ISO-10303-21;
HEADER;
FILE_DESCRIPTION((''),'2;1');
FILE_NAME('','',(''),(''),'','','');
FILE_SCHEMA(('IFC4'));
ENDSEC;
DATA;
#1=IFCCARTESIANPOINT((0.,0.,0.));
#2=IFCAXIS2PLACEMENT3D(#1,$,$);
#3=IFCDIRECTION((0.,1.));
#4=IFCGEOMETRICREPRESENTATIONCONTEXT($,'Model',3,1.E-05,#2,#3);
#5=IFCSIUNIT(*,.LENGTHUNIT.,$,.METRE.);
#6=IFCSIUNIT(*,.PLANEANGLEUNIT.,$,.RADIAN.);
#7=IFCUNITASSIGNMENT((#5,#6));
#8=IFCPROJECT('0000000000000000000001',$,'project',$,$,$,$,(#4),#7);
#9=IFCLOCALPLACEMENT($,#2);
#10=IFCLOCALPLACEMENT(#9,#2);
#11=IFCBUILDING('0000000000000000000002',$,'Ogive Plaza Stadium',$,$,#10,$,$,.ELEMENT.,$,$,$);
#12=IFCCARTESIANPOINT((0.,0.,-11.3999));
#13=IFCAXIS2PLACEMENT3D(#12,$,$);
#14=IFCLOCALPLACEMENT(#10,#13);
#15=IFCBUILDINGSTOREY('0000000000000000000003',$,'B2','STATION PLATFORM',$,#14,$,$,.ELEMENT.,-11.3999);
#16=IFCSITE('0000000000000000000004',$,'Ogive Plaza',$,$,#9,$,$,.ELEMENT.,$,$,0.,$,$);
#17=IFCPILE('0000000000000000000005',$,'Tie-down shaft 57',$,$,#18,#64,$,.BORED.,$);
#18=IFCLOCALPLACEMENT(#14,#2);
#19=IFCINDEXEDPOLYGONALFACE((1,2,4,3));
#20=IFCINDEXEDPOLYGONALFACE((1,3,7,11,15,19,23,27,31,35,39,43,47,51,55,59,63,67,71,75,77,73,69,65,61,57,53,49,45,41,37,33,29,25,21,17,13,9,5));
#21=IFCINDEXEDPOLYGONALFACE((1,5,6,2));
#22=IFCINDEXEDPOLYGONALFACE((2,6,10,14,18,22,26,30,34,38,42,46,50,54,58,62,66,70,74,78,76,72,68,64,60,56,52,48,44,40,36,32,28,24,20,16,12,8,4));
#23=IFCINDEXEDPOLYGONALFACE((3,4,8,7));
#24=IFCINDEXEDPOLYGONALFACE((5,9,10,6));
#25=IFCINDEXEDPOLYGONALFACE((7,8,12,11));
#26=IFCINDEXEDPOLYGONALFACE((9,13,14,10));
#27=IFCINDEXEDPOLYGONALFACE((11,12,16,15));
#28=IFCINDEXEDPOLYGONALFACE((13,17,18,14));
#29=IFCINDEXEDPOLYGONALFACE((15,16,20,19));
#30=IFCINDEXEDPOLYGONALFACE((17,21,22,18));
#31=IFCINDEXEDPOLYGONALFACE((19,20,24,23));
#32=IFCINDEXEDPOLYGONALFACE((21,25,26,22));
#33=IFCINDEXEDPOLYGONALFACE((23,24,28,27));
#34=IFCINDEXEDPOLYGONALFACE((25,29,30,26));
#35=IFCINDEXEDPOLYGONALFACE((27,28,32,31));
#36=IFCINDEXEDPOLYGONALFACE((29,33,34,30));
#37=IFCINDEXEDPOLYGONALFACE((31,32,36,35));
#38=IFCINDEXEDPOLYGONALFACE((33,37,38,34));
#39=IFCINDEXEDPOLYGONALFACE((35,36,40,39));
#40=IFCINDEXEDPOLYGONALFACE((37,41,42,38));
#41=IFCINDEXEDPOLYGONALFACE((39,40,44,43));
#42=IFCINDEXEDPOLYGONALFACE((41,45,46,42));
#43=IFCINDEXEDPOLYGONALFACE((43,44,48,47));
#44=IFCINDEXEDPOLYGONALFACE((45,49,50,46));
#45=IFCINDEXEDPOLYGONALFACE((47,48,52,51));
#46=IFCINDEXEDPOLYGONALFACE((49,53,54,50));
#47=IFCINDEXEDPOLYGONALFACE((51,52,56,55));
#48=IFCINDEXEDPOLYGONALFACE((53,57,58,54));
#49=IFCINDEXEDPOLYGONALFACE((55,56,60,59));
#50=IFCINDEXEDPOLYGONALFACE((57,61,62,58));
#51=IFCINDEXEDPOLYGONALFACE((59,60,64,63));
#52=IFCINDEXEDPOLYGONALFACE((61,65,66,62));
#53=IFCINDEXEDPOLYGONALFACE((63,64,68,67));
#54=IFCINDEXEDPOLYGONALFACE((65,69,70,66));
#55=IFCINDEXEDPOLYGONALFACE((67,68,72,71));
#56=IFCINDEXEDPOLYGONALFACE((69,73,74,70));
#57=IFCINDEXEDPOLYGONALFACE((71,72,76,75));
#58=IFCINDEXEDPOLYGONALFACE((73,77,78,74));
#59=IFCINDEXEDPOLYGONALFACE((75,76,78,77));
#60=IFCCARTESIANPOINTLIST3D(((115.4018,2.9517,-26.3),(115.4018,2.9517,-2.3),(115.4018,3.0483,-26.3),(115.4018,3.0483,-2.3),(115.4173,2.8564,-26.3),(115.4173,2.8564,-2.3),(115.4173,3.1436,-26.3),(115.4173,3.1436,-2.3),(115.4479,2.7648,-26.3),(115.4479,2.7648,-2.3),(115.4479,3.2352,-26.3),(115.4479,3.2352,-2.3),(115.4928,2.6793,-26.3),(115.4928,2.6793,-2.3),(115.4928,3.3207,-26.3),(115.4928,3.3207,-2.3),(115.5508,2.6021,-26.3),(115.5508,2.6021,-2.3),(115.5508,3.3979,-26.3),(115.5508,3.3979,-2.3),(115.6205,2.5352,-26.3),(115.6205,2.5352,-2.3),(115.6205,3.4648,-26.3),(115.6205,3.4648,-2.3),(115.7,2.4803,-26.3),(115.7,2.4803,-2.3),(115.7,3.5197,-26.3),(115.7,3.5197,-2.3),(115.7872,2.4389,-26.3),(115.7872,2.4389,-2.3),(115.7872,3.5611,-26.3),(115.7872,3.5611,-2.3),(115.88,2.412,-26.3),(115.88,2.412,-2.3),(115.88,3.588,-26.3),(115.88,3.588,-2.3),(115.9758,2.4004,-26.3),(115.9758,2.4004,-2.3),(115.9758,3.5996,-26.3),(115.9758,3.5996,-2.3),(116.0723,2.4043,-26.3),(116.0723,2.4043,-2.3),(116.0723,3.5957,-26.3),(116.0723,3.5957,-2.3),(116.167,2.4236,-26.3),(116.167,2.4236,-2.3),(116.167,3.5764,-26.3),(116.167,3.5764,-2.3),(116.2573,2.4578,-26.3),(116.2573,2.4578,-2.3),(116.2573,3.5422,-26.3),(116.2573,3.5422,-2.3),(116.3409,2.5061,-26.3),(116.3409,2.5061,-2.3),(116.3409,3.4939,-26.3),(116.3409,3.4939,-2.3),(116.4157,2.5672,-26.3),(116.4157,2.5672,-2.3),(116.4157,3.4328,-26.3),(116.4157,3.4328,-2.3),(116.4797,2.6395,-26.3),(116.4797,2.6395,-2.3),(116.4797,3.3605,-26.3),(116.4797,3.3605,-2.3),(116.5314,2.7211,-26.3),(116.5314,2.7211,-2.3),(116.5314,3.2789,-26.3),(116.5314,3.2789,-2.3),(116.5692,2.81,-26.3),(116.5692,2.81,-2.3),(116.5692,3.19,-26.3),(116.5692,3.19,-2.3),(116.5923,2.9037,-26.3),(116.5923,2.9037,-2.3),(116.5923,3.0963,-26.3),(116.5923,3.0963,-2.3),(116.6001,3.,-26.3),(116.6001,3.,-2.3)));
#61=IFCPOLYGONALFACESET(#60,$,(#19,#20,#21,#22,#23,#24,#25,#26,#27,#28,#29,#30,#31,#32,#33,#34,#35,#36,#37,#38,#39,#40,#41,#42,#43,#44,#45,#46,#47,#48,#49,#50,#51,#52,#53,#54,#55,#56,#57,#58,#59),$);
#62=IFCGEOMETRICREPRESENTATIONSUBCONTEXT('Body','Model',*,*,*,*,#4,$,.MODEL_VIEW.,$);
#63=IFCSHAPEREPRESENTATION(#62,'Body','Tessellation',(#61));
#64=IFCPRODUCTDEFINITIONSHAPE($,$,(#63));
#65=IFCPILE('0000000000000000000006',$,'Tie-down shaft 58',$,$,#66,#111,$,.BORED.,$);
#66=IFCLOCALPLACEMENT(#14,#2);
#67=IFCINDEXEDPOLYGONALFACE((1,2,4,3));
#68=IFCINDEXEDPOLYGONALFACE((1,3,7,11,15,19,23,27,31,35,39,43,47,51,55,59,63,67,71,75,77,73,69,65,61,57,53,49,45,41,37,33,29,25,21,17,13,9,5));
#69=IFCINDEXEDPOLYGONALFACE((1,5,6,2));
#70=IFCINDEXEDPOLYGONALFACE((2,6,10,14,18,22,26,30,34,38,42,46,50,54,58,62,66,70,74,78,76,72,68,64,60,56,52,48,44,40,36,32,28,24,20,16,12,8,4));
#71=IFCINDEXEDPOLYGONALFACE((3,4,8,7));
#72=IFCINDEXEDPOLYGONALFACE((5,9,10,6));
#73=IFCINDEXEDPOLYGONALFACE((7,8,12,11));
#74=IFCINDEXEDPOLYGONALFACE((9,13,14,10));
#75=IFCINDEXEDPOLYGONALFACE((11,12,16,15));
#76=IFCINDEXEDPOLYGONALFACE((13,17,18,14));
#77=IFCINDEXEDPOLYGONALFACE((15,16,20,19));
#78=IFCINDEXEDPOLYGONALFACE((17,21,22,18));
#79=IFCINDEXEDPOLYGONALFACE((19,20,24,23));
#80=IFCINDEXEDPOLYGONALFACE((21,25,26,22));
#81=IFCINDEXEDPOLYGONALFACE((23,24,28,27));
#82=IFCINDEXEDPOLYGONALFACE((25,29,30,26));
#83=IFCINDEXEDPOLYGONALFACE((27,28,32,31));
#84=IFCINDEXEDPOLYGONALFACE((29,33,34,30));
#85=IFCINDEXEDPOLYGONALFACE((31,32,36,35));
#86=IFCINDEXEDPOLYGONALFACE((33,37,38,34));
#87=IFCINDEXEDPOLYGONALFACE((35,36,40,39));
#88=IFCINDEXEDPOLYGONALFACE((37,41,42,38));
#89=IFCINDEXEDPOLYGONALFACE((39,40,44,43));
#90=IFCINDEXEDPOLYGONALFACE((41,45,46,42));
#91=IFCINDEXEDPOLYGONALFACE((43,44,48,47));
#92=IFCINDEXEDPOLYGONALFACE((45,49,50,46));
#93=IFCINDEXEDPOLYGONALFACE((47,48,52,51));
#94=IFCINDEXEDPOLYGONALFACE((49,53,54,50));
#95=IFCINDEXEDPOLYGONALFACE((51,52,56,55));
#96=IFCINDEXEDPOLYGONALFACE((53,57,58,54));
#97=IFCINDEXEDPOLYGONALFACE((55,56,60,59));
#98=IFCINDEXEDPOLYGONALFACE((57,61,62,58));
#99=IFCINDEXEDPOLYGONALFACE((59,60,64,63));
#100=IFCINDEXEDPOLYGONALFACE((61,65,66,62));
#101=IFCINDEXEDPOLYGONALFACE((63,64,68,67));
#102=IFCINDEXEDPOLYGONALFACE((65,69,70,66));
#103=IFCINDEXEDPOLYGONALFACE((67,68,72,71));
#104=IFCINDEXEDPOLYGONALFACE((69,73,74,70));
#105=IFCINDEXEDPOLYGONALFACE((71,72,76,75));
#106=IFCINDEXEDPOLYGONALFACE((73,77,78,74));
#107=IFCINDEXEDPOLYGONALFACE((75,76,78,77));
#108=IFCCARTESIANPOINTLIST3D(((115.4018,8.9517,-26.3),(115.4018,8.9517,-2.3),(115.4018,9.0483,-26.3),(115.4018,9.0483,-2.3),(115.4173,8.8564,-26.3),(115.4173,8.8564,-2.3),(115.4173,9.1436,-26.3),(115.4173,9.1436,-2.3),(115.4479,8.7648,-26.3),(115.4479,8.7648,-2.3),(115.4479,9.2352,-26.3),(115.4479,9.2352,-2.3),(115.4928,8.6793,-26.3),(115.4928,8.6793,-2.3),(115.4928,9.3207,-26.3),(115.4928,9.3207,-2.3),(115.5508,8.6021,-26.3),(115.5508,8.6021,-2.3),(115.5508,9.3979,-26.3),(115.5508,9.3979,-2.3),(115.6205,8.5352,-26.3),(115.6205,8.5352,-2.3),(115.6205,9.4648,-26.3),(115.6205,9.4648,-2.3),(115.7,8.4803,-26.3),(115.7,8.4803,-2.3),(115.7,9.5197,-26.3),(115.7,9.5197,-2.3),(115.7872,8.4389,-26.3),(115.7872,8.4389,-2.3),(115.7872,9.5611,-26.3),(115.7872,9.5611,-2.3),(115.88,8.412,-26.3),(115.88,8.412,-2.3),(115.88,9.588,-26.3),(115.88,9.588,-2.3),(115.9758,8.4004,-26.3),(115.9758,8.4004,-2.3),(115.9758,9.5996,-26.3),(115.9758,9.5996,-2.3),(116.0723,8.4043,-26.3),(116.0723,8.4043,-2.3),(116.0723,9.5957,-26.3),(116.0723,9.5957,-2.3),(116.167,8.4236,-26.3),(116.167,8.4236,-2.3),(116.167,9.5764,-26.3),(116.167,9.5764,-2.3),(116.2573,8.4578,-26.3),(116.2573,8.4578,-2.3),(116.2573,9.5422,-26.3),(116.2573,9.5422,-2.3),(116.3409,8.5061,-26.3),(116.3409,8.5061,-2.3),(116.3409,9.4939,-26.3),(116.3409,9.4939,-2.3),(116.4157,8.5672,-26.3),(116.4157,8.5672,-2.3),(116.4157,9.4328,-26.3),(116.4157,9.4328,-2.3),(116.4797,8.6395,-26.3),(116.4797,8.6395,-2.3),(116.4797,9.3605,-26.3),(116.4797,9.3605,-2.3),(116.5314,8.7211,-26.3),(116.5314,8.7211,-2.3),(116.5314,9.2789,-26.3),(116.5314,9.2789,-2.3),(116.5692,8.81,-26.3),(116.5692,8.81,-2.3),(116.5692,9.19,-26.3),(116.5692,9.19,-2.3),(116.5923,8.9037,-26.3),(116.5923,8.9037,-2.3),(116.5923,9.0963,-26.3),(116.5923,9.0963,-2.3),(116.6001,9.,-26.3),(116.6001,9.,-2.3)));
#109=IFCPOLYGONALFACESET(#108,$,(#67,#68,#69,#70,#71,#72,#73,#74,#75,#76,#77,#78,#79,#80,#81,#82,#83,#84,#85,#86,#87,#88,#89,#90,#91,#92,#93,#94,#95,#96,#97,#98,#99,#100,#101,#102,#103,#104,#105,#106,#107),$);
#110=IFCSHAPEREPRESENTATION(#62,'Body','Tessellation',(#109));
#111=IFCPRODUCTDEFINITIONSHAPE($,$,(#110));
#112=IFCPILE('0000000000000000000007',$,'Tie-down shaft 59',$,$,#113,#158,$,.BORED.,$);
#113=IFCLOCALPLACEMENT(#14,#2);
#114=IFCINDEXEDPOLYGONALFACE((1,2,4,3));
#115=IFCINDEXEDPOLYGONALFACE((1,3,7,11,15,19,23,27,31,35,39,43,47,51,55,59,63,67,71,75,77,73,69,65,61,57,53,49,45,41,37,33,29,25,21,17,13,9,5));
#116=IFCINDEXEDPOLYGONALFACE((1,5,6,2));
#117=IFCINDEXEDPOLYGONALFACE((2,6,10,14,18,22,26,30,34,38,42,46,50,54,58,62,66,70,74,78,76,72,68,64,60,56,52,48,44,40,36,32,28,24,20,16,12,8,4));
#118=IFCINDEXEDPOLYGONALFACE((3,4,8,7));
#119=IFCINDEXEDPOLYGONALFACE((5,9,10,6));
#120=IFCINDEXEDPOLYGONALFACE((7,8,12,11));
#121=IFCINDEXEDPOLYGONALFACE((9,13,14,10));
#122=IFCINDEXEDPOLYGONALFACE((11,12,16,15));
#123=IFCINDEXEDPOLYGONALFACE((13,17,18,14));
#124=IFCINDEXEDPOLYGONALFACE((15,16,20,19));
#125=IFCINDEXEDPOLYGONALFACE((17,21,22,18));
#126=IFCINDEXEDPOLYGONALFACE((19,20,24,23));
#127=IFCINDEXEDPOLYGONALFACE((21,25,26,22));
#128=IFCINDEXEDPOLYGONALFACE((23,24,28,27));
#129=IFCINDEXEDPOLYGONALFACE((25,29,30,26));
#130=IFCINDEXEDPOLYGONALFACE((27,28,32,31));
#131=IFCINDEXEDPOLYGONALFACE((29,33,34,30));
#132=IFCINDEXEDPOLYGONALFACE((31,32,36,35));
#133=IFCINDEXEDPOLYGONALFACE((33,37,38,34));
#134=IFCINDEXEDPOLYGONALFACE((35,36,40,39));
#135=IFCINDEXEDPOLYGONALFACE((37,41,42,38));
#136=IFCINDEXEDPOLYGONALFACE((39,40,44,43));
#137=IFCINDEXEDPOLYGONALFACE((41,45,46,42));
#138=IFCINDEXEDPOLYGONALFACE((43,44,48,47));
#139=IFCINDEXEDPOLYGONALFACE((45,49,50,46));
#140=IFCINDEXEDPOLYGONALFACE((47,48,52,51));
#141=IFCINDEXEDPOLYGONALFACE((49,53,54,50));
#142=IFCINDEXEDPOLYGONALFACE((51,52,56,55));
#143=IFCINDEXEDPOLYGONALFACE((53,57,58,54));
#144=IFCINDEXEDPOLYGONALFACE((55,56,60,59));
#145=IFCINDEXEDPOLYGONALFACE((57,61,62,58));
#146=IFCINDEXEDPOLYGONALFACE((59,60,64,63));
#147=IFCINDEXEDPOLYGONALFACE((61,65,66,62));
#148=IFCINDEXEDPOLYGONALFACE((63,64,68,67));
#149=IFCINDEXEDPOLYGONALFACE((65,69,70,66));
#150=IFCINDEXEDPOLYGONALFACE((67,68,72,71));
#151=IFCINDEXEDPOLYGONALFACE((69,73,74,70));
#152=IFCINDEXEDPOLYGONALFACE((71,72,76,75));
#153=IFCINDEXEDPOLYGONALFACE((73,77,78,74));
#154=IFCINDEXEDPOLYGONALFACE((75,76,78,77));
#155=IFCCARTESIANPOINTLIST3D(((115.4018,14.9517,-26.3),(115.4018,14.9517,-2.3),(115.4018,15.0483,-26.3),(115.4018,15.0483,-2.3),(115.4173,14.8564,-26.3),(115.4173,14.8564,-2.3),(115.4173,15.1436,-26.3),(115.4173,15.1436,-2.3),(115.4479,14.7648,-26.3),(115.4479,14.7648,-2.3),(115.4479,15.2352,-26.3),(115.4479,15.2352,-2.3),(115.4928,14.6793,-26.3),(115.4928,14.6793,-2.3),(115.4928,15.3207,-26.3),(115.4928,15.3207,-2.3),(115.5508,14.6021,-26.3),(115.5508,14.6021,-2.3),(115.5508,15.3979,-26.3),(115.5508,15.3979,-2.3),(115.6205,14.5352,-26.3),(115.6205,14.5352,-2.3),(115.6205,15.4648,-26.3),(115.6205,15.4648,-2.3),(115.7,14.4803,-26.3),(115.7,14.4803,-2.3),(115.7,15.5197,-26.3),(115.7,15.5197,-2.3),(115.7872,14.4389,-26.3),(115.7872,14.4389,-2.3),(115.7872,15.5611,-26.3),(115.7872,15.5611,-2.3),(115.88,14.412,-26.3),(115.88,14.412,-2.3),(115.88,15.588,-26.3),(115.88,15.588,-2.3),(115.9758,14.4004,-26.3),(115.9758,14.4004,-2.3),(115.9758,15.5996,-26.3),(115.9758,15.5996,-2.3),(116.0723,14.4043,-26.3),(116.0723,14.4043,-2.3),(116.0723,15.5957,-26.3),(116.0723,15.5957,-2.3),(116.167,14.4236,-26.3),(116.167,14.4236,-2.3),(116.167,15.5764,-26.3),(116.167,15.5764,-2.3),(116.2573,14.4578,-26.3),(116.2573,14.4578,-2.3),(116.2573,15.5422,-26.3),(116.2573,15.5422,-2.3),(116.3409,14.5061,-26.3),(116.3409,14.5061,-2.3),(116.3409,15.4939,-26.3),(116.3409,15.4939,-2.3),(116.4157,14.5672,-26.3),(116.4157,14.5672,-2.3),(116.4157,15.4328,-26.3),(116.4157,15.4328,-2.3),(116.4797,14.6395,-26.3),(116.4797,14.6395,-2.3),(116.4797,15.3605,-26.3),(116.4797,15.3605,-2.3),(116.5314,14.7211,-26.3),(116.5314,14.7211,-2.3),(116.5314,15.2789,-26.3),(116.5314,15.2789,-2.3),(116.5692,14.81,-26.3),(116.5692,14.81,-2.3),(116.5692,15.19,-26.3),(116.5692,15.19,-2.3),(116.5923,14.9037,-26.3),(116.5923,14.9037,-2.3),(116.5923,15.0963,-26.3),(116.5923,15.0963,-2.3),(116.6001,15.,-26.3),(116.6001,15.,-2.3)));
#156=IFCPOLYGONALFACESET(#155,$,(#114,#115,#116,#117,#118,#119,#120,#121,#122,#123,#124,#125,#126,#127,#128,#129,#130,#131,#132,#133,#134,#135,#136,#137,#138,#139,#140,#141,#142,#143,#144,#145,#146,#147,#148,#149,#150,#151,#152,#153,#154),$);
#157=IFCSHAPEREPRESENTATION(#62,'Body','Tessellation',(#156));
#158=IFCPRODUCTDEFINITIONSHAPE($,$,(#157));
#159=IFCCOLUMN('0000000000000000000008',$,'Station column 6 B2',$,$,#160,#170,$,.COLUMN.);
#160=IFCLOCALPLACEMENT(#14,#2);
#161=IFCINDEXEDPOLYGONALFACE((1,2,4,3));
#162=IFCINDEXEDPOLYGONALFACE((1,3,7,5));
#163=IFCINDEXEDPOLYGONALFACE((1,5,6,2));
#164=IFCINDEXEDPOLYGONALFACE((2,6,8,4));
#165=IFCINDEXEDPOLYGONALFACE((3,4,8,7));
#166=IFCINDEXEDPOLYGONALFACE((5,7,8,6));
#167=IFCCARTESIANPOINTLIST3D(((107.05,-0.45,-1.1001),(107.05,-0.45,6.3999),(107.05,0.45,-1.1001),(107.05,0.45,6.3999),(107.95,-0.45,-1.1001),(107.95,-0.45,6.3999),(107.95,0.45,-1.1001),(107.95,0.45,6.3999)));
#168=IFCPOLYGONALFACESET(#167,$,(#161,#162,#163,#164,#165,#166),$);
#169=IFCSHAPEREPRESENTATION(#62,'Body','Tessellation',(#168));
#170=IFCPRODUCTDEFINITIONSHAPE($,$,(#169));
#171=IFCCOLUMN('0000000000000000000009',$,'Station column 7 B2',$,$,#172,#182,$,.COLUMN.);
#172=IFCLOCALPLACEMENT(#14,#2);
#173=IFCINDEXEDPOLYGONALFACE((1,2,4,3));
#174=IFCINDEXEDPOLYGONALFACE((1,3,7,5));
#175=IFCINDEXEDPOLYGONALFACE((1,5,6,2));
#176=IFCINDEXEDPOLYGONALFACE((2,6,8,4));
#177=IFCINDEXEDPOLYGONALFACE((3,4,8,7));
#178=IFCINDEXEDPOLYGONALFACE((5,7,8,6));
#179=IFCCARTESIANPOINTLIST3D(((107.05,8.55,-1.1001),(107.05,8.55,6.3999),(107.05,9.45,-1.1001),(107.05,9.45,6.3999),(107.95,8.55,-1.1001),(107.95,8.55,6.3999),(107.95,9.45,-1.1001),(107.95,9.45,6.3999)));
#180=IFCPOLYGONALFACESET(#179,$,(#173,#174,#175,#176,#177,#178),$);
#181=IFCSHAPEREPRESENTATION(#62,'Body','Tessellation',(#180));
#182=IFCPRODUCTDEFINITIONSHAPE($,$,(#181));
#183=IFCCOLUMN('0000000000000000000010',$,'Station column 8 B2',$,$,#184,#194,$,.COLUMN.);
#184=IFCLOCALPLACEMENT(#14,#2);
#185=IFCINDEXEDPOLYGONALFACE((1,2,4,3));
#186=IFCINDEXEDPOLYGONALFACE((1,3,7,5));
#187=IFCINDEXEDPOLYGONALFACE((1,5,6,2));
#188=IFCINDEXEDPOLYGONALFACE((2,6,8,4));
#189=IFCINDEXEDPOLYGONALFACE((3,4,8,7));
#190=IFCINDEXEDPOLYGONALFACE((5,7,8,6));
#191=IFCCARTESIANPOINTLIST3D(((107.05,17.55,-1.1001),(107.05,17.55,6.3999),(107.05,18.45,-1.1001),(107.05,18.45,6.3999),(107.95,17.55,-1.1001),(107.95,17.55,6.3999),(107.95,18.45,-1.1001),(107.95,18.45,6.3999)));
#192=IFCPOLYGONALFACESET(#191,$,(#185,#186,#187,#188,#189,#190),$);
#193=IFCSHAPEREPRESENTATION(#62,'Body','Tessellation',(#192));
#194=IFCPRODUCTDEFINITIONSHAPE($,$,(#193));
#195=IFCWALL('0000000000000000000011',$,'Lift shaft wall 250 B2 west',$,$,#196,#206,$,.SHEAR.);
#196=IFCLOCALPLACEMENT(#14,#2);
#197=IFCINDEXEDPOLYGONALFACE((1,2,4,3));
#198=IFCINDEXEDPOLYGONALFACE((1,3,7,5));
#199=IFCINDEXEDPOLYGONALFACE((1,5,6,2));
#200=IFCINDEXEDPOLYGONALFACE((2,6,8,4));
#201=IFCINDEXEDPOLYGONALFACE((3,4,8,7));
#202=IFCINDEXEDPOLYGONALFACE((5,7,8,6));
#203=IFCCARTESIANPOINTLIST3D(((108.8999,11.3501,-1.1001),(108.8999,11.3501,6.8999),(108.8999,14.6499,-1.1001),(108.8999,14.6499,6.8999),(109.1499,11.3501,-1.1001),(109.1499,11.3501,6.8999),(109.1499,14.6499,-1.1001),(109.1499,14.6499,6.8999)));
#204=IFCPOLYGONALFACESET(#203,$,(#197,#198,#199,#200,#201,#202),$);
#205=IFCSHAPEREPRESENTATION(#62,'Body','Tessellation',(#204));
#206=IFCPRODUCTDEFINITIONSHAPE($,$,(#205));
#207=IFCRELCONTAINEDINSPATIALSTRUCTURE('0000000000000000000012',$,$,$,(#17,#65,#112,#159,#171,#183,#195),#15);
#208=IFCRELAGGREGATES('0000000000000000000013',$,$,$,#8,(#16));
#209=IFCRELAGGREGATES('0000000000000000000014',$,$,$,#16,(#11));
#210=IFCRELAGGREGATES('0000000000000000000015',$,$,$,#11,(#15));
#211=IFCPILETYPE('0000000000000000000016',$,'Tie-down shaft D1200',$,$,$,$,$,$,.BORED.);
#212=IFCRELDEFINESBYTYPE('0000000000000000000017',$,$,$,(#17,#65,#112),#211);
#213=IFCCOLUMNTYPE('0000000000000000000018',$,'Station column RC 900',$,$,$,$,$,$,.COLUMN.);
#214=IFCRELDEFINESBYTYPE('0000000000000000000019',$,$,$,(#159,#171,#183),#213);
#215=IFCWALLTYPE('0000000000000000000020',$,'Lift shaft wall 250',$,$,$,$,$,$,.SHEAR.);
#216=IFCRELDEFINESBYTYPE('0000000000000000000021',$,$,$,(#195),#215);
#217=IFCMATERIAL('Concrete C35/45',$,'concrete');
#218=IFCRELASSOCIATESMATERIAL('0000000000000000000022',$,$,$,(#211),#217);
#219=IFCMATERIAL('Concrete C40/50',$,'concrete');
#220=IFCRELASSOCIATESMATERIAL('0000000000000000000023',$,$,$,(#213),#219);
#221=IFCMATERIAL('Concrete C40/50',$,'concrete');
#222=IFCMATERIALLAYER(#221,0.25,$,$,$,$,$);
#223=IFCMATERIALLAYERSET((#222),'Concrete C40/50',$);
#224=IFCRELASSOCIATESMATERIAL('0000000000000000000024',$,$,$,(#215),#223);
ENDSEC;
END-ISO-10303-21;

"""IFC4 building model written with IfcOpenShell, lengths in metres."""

from ifc_helpers import new_model, si_unit, direction, frame, frame_2d, origin, origin_2d, place, context, subcontext, project, spatial, rectangle, circle, extrude, material, layer, layer_set, material_profile, profile_set, type_object, element, save


model = new_model("IFC4")

# Units and contexts
model_context = context("Model", 3, precision=1e-05, world=origin(), true_north=direction((0.0, 1.0)))
body_context = subcontext(model_context, "Body", "Model", "MODEL_VIEW")
ifc_project = project(units=[si_unit("LENGTHUNIT", "METRE"), si_unit("PLANEANGLEUNIT", "RADIAN")], contexts=[model_context])

# Site, building, storey
site_placement = place(None, origin())
site = spatial("IfcSite", under=ifc_project, at=site_placement, Name="Ogive Plaza", CompositionType="ELEMENT", RefElevation=0.0)
building_placement = place(site_placement, origin())
building = spatial("IfcBuilding", under=site, at=building_placement, Name="Ogive Plaza Stadium", CompositionType="ELEMENT")
storey_placement = place(building_placement, frame((0.0, 0.0, -11.3999)))
storey = spatial("IfcBuildingStorey", under=building, at=storey_placement, Name="B2", Description="STATION PLATFORM", CompositionType="ELEMENT", Elevation=-11.3999)

# Piles
ifc_material_1 = material(Name="Concrete C35/45", Category="concrete")
ifc_material_profile_1 = material_profile(ifc_material_1, circle(Radius=0.6001, at=origin_2d()), Name="Tie-down shaft D1200")
ifc_profile_set_1 = profile_set([ifc_material_profile_1], Name="Concrete C35/45")
pile_type = type_object("IfcPileType", Name="Tie-down shaft D1200", PredefinedType="BORED", material=ifc_profile_set_1)
for number, where, z_axis, x_axis, name in (
    (1, (116.0, 3.0, -2.3), (0.0, 0.0, -1.0), (1.0, 0.0, 0.0), "Tie-down shaft 57"),
    (2, (116.0, 9.0, -2.3), (0.0, 0.0, -1.0), (1.0, 0.0, 0.0), "Tie-down shaft 58"),
    (3, (116.0, 15.0, -2.3), (0.0, 0.0, -1.0), (1.0, 0.0, 0.0), "Tie-down shaft 59"),
):
    element("IfcPile", number, at=place(storey_placement, frame(where, z_axis=z_axis, x_axis=x_axis)), inside=storey, type_object=pile_type, Name=name, PredefinedType="BORED", context=body_context, shape_type="SweptSolid", body=[
        extrude(circle(Radius=0.6001, at=origin_2d()), origin(), (0.0, 0.0, 1.0), 24.0),
    ])

# Columns
ifc_material_2 = material(Name="Concrete C40/50", Category="concrete")
ifc_material_profile_2 = material_profile(ifc_material_2, rectangle(XDim=0.8999, YDim=0.8999, at=origin_2d()), Name="Station column RC 900")
ifc_profile_set_2 = profile_set([ifc_material_profile_2], Name="Concrete C40/50")
column_type = type_object("IfcColumnType", Name="Station column RC 900", PredefinedType="COLUMN", material=ifc_profile_set_2)
for number, where, z_axis, x_axis, name in (
    (4, (107.5, 0.0, -1.1001), (0.0, 0.0, 1.0), (1.0, 0.0, 0.0), "Station column 6 B2"),
    (5, (107.5, 9.0, -1.1001), (0.0, 0.0, 1.0), (1.0, 0.0, 0.0), "Station column 7 B2"),
    (6, (107.5, 18.0, -1.1001), (0.0, 0.0, 1.0), (1.0, 0.0, 0.0), "Station column 8 B2"),
):
    element("IfcColumn", number, at=place(storey_placement, frame(where, z_axis=z_axis, x_axis=x_axis)), inside=storey, type_object=column_type, Name=name, PredefinedType="COLUMN", context=body_context, shape_type="SweptSolid", body=[
        extrude(rectangle(XDim=0.8999, YDim=0.8999, at=origin_2d()), origin(), (0.0, 0.0, 1.0), 7.5),
    ])

# Wall
ifc_material_3 = material(Name="Concrete C40/50", Category="concrete")
ifc_layer_1 = layer(ifc_material_3, 0.25)
ifc_layer_set_1 = layer_set([ifc_layer_1], Name="Concrete C40/50")
wall_type_1 = type_object("IfcWallType", Name="Lift shaft wall 250", PredefinedType="SHEAR", material=ifc_layer_set_1)
for number, where, z_axis, x_axis, name in (
    (7, (109.0249, 11.3501, -1.1001), (0.0, 0.0, 1.0), (0.0, 1.0, 0.0), "Lift shaft wall 250 B2 west"),
):
    element("IfcWall", number, at=place(storey_placement, frame(where, z_axis=z_axis, x_axis=x_axis)), inside=storey, type_object=wall_type_1, Name=name, PredefinedType="SHEAR", context=body_context, shape_type="SweptSolid", body=[
        extrude(rectangle(XDim=3.2998, YDim=0.25, at=frame_2d((1.6499, 0.0))), origin(), (0.0, 0.0, 1.0), 8.0),
    ])

save(model, "model.ifc")
